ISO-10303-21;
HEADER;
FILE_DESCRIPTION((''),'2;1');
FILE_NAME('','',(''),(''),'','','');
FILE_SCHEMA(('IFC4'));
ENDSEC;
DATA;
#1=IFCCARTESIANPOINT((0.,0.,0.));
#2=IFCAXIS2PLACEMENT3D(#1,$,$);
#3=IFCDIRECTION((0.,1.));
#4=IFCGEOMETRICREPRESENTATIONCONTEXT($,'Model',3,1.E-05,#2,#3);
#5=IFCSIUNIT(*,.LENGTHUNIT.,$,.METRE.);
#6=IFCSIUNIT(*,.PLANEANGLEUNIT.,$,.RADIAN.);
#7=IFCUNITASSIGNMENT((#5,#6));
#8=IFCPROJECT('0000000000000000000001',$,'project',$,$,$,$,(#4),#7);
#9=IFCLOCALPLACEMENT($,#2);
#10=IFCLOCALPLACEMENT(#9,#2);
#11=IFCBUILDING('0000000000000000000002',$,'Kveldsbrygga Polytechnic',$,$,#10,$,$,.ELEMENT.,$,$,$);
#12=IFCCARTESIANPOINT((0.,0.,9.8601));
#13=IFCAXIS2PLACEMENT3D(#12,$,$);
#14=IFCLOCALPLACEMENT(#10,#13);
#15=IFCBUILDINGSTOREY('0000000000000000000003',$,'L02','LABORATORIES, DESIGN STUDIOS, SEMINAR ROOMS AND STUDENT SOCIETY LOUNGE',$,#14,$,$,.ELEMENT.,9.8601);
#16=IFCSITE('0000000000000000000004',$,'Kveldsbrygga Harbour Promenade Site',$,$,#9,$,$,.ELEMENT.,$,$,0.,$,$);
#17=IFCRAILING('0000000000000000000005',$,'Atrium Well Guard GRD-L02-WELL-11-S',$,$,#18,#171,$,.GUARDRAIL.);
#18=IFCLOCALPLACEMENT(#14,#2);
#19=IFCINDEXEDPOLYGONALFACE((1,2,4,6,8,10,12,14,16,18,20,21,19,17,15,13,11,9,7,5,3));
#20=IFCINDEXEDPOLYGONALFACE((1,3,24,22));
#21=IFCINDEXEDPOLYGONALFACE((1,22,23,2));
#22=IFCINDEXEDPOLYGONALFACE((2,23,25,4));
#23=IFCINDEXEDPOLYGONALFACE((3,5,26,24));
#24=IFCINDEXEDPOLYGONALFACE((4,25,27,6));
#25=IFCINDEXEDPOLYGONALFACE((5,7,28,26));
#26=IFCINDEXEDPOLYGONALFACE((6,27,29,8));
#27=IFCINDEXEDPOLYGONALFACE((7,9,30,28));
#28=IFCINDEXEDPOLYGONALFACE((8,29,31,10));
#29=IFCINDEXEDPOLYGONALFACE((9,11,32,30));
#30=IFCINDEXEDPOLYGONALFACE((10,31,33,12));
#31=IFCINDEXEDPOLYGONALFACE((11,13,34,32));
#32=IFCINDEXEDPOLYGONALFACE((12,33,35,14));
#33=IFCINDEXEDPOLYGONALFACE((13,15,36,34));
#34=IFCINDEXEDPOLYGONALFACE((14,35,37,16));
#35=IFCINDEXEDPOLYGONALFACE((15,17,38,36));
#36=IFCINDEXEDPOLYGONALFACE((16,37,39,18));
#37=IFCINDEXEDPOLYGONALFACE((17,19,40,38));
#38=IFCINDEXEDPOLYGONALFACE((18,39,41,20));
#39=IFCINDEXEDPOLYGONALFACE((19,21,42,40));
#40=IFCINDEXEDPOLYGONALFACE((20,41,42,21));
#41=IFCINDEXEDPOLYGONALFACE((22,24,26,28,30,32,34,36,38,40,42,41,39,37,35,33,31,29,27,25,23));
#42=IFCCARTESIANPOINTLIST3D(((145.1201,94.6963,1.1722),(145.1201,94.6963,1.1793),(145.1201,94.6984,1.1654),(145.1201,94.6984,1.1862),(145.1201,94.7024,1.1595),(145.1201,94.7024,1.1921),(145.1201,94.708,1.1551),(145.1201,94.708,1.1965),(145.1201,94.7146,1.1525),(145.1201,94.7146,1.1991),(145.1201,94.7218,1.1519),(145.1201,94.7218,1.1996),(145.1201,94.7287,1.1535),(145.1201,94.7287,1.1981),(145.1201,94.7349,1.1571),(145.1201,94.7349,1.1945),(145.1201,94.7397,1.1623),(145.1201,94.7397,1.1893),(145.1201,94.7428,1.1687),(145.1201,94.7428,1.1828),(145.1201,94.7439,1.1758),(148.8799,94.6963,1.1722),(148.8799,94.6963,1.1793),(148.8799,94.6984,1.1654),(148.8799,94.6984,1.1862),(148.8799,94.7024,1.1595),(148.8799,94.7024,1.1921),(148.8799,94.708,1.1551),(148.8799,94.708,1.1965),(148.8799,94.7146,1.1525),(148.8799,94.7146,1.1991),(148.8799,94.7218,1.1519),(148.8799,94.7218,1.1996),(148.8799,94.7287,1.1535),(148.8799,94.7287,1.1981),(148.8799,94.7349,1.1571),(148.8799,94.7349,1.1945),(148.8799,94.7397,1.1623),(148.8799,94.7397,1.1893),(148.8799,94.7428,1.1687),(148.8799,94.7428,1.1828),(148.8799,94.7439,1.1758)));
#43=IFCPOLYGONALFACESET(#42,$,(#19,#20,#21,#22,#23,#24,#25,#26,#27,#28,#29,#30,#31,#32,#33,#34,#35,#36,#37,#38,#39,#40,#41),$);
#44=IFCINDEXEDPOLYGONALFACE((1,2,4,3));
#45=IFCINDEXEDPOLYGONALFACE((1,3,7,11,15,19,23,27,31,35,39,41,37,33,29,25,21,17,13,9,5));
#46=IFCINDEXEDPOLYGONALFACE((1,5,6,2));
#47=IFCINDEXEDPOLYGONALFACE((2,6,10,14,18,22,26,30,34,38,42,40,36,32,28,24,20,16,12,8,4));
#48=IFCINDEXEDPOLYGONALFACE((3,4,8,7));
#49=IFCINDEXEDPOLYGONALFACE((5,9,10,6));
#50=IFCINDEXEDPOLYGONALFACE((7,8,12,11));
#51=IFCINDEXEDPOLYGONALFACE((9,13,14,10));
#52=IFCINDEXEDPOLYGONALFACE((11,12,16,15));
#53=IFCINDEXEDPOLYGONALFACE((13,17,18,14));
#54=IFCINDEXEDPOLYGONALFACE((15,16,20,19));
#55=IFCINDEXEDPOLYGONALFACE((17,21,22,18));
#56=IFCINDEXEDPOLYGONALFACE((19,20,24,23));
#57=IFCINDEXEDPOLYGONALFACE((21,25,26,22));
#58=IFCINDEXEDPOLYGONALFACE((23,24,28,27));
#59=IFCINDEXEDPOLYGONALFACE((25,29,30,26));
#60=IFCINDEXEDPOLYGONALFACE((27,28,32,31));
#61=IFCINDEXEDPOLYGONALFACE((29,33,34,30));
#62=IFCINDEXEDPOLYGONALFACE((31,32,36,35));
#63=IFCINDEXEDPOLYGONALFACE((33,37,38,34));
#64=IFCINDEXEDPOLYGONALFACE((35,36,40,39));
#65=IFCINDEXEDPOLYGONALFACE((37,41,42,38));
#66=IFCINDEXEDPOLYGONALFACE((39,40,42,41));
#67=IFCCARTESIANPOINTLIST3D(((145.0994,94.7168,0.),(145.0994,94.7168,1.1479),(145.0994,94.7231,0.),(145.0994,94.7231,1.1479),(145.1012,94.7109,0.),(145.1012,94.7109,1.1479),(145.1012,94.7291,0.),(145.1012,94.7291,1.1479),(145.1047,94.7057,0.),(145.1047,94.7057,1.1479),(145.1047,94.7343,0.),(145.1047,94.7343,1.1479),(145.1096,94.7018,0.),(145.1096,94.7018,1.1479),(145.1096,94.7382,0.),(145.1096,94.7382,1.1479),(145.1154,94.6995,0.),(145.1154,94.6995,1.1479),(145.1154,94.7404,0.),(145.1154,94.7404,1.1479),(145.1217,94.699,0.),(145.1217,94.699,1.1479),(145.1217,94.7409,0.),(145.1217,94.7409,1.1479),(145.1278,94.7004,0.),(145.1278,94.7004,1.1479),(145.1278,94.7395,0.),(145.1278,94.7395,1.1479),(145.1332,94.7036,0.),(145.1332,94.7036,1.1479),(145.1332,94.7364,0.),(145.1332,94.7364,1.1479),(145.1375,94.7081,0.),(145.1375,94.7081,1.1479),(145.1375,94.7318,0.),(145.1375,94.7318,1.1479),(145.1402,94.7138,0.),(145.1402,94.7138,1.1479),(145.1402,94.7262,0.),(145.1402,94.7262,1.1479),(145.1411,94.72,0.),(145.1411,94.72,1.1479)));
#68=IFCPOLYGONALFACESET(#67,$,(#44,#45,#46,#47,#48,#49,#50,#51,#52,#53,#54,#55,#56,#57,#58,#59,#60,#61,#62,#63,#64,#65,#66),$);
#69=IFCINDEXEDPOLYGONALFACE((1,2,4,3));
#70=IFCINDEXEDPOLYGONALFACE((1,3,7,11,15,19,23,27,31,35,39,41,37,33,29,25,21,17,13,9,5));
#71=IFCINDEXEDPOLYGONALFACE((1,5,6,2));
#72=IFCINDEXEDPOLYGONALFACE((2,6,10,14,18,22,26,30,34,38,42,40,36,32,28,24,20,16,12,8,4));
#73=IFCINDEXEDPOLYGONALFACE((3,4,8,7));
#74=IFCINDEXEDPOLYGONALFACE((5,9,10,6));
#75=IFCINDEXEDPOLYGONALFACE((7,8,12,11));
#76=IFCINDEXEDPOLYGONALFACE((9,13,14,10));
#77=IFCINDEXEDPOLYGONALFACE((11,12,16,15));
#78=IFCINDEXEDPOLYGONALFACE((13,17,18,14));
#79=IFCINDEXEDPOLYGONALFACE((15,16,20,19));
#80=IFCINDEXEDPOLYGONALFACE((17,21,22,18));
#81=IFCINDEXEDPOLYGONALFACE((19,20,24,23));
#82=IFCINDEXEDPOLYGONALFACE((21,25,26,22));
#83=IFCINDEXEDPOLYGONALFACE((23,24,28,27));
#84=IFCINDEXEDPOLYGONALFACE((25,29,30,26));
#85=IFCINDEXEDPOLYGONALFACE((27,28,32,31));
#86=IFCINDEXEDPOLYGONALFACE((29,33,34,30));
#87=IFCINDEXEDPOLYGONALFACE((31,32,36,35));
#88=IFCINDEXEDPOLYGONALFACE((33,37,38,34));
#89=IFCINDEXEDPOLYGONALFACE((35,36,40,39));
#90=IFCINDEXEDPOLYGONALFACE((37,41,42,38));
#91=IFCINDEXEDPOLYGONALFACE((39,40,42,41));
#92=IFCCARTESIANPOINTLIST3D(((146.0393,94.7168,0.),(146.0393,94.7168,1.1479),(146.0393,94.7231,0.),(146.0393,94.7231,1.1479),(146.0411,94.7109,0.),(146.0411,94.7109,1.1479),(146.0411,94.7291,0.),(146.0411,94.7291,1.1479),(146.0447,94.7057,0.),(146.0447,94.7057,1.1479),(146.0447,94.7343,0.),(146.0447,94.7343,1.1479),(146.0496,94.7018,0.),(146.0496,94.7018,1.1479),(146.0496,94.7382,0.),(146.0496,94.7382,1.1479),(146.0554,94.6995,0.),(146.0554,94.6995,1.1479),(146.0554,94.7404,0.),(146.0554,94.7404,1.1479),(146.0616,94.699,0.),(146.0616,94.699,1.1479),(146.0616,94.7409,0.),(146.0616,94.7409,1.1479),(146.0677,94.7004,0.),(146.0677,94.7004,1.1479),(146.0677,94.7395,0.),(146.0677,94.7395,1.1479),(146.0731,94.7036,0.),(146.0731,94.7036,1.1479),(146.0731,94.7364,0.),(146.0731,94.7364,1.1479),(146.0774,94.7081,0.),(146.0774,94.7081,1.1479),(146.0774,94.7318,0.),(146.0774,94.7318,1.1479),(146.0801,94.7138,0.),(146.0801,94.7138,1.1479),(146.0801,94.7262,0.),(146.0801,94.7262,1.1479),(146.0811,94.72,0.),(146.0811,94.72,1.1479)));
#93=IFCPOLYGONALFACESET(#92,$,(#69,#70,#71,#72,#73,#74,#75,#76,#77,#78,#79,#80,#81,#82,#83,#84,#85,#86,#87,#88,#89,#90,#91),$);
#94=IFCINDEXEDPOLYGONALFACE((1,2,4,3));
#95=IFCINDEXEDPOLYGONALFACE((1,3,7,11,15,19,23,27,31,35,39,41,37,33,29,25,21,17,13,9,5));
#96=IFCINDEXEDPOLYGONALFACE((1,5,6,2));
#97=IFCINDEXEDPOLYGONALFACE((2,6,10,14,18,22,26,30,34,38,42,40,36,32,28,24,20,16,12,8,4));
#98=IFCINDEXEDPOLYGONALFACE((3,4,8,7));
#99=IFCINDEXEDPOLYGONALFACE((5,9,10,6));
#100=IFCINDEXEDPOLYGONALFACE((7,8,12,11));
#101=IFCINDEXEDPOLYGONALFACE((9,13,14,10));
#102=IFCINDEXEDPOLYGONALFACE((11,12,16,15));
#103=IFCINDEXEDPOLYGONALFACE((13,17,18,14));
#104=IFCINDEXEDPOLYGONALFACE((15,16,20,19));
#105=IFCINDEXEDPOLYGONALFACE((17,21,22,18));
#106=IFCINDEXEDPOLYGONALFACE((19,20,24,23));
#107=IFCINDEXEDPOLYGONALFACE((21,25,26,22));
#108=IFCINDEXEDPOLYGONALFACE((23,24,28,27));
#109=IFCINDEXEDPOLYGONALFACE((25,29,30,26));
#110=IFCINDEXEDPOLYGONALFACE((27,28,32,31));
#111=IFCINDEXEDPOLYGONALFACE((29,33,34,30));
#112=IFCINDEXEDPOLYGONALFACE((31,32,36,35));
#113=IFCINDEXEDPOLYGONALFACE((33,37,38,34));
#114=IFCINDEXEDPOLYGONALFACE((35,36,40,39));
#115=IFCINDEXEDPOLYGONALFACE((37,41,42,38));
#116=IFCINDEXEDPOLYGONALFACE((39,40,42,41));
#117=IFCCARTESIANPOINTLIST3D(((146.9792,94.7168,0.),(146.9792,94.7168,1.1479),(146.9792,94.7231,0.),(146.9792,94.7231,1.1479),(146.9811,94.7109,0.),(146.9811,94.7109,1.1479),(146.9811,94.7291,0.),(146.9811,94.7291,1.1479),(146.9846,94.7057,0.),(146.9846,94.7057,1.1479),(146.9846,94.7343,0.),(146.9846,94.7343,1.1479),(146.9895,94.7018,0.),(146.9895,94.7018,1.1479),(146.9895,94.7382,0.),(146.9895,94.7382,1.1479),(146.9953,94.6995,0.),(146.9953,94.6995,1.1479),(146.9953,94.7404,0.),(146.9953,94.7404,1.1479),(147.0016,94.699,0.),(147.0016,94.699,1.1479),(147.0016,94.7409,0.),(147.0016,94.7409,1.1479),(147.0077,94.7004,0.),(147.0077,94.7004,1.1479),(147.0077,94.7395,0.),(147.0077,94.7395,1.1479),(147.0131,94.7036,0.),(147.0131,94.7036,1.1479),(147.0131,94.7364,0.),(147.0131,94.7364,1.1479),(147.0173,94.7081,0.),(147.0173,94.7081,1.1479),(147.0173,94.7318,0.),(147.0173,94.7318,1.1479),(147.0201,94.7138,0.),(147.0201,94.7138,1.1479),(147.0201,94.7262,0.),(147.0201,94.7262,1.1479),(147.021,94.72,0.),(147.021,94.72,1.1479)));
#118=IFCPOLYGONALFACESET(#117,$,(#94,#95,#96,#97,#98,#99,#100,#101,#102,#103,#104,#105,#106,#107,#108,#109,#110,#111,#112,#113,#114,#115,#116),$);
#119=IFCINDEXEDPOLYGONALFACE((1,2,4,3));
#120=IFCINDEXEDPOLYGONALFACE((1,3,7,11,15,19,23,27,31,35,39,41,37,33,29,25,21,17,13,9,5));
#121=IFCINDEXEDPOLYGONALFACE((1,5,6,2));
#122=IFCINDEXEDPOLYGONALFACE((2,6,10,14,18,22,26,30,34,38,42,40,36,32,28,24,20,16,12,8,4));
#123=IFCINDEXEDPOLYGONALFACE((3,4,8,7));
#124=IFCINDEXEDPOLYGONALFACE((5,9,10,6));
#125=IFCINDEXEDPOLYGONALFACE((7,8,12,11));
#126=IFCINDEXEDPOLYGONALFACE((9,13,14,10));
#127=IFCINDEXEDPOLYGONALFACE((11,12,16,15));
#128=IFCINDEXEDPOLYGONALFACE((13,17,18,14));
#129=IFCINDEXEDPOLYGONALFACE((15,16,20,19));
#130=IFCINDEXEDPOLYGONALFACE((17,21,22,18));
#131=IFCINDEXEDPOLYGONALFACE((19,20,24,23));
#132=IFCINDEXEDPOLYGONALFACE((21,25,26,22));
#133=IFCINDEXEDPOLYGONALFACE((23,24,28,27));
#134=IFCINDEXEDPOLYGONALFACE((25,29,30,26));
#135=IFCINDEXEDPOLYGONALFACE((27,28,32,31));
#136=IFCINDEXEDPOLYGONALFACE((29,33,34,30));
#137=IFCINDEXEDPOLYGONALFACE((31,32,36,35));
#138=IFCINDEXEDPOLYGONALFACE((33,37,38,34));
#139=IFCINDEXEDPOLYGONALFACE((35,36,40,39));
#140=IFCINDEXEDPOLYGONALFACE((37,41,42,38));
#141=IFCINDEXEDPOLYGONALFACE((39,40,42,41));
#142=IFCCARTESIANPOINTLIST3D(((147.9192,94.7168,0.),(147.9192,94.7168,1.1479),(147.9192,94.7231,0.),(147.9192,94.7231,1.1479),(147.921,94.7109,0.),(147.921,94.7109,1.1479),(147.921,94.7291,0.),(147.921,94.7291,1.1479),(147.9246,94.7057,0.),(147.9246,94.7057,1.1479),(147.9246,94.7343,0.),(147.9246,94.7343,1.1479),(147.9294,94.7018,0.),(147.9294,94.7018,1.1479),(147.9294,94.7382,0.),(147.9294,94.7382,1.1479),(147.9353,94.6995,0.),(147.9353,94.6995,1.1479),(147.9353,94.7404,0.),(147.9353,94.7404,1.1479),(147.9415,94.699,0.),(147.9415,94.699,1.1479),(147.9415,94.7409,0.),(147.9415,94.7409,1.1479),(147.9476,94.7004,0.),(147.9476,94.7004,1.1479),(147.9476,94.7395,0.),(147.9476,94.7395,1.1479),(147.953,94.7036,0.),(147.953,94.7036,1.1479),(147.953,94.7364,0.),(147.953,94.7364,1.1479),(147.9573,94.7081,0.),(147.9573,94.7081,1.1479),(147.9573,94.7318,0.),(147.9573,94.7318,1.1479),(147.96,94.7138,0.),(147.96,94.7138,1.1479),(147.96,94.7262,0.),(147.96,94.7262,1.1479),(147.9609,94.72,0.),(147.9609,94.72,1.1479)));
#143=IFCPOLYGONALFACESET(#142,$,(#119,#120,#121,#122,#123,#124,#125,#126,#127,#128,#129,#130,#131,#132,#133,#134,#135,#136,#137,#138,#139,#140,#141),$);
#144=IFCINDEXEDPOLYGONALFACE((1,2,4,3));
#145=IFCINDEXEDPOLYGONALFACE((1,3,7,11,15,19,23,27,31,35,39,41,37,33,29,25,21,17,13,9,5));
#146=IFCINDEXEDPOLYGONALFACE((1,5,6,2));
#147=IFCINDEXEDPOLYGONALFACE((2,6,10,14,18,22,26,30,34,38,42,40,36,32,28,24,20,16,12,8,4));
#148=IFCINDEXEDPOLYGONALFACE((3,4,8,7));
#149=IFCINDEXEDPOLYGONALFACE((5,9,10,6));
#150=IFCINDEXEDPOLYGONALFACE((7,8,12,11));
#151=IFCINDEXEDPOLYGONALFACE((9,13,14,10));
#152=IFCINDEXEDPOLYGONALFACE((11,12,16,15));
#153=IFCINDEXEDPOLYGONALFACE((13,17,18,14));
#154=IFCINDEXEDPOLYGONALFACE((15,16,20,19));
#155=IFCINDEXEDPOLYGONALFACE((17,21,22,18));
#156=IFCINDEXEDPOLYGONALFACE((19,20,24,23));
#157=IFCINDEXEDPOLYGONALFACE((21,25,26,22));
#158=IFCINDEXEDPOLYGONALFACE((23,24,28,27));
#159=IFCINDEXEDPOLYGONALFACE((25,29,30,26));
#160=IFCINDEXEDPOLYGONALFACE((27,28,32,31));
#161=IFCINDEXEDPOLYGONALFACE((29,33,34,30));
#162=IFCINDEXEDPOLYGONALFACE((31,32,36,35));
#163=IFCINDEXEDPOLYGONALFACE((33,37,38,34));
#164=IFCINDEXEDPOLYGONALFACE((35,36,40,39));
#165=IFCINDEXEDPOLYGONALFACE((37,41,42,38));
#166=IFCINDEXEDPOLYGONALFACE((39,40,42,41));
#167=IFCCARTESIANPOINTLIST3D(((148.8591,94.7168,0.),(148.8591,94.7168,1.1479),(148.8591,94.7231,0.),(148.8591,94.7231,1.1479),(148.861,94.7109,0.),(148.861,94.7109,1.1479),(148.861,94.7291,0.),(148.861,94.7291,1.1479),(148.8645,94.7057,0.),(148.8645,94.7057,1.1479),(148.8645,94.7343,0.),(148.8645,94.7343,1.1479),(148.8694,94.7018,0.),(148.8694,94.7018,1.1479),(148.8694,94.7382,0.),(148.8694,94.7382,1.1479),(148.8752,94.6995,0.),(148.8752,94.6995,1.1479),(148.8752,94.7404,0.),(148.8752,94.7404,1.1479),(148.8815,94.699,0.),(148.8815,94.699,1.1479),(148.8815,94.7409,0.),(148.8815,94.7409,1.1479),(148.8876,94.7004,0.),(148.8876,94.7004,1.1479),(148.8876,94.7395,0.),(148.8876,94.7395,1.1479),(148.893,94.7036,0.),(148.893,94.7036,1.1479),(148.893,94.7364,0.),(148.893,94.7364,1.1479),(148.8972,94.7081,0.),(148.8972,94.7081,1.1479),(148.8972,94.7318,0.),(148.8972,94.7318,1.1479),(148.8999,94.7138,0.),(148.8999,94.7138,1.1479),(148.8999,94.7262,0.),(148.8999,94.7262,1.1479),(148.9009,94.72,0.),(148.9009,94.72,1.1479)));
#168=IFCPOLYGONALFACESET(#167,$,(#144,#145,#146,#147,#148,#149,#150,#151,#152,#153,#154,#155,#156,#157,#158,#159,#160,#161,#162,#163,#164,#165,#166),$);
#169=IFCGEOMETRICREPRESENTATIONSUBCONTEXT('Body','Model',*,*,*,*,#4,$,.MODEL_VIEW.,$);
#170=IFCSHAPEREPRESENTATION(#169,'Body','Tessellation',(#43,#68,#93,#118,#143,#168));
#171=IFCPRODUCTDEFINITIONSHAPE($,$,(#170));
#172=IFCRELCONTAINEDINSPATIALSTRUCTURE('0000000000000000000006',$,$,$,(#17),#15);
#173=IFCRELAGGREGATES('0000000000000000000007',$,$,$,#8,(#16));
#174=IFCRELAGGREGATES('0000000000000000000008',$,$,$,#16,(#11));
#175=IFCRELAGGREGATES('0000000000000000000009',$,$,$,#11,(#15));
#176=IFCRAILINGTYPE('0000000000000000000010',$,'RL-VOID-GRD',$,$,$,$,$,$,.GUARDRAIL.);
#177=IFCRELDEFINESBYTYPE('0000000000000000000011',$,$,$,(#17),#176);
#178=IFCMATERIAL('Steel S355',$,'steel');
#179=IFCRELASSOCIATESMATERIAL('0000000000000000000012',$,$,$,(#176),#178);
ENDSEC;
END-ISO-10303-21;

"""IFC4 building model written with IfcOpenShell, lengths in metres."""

from ifc_helpers import new_model, si_unit, direction, frame, origin, origin_2d, place, context, subcontext, project, spatial, circle, extrude, material, type_object, element, save


model = new_model("IFC4")

# Units and contexts
model_context = context("Model", 3, precision=1e-05, world=origin(), true_north=direction((0.0, 1.0)))
body_context = subcontext(model_context, "Body", "Model", "MODEL_VIEW")
ifc_project = project(units=[si_unit("LENGTHUNIT", "METRE"), si_unit("PLANEANGLEUNIT", "RADIAN")], contexts=[model_context])

# Site, building, storey
site_placement = place(None, origin())
site = spatial("IfcSite", under=ifc_project, at=site_placement, Name="Kveldsbrygga Harbour Promenade Site", CompositionType="ELEMENT", RefElevation=0.0)
building_placement = place(site_placement, origin())
building = spatial("IfcBuilding", under=site, at=building_placement, Name="Kveldsbrygga Polytechnic", CompositionType="ELEMENT")
storey_placement = place(building_placement, frame((0.0, 0.0, 9.8601)))
storey = spatial("IfcBuildingStorey", under=building, at=storey_placement, Name="L02", Description="LABORATORIES, DESIGN STUDIOS, SEMINAR ROOMS AND STUDENT SOCIETY LOUNGE", CompositionType="ELEMENT", Elevation=9.8601)

# Shared definitions
ifc_material_1 = material(Name="Steel S355", Category="steel")

# Railing
railing_type = type_object("IfcRailingType", Name="RL-VOID-GRD", PredefinedType="GUARDRAIL", material=ifc_material_1)
railing_1_placement = place(storey_placement, frame((145.1201, 94.72, 0.0)))
element("IfcRailing", 1, at=railing_1_placement, inside=storey, type_object=railing_type, Name="Atrium Well Guard GRD-L02-WELL-11-S", PredefinedType="GUARDRAIL", context=body_context, shape_type="SweptSolid", body=[
    extrude(circle(Radius=0.0239, at=origin_2d()), frame((0.0, 0.0, 1.1758), z_axis=(1.0, 0.0, 0.0), x_axis=(0.0, 1.0, 0.0)), (0.0, 0.0, 1.0), 3.7598),
    extrude(circle(Radius=0.021, at=origin_2d()), origin(), (0.0, 0.0, 1.0), 1.1479),
    extrude(circle(Radius=0.021, at=origin_2d()), frame((0.9399, 0.0, 0.0)), (0.0, 0.0, 1.0), 1.1479),
    extrude(circle(Radius=0.021, at=origin_2d()), frame((1.8799, 0.0, 0.0)), (0.0, 0.0, 1.0), 1.1479),
    extrude(circle(Radius=0.021, at=origin_2d()), frame((2.8198, 0.0, 0.0)), (0.0, 0.0, 1.0), 1.1479),
    extrude(circle(Radius=0.021, at=origin_2d()), frame((3.7598, 0.0, 0.0)), (0.0, 0.0, 1.0), 1.1479),
])

save(model, "model.ifc")
